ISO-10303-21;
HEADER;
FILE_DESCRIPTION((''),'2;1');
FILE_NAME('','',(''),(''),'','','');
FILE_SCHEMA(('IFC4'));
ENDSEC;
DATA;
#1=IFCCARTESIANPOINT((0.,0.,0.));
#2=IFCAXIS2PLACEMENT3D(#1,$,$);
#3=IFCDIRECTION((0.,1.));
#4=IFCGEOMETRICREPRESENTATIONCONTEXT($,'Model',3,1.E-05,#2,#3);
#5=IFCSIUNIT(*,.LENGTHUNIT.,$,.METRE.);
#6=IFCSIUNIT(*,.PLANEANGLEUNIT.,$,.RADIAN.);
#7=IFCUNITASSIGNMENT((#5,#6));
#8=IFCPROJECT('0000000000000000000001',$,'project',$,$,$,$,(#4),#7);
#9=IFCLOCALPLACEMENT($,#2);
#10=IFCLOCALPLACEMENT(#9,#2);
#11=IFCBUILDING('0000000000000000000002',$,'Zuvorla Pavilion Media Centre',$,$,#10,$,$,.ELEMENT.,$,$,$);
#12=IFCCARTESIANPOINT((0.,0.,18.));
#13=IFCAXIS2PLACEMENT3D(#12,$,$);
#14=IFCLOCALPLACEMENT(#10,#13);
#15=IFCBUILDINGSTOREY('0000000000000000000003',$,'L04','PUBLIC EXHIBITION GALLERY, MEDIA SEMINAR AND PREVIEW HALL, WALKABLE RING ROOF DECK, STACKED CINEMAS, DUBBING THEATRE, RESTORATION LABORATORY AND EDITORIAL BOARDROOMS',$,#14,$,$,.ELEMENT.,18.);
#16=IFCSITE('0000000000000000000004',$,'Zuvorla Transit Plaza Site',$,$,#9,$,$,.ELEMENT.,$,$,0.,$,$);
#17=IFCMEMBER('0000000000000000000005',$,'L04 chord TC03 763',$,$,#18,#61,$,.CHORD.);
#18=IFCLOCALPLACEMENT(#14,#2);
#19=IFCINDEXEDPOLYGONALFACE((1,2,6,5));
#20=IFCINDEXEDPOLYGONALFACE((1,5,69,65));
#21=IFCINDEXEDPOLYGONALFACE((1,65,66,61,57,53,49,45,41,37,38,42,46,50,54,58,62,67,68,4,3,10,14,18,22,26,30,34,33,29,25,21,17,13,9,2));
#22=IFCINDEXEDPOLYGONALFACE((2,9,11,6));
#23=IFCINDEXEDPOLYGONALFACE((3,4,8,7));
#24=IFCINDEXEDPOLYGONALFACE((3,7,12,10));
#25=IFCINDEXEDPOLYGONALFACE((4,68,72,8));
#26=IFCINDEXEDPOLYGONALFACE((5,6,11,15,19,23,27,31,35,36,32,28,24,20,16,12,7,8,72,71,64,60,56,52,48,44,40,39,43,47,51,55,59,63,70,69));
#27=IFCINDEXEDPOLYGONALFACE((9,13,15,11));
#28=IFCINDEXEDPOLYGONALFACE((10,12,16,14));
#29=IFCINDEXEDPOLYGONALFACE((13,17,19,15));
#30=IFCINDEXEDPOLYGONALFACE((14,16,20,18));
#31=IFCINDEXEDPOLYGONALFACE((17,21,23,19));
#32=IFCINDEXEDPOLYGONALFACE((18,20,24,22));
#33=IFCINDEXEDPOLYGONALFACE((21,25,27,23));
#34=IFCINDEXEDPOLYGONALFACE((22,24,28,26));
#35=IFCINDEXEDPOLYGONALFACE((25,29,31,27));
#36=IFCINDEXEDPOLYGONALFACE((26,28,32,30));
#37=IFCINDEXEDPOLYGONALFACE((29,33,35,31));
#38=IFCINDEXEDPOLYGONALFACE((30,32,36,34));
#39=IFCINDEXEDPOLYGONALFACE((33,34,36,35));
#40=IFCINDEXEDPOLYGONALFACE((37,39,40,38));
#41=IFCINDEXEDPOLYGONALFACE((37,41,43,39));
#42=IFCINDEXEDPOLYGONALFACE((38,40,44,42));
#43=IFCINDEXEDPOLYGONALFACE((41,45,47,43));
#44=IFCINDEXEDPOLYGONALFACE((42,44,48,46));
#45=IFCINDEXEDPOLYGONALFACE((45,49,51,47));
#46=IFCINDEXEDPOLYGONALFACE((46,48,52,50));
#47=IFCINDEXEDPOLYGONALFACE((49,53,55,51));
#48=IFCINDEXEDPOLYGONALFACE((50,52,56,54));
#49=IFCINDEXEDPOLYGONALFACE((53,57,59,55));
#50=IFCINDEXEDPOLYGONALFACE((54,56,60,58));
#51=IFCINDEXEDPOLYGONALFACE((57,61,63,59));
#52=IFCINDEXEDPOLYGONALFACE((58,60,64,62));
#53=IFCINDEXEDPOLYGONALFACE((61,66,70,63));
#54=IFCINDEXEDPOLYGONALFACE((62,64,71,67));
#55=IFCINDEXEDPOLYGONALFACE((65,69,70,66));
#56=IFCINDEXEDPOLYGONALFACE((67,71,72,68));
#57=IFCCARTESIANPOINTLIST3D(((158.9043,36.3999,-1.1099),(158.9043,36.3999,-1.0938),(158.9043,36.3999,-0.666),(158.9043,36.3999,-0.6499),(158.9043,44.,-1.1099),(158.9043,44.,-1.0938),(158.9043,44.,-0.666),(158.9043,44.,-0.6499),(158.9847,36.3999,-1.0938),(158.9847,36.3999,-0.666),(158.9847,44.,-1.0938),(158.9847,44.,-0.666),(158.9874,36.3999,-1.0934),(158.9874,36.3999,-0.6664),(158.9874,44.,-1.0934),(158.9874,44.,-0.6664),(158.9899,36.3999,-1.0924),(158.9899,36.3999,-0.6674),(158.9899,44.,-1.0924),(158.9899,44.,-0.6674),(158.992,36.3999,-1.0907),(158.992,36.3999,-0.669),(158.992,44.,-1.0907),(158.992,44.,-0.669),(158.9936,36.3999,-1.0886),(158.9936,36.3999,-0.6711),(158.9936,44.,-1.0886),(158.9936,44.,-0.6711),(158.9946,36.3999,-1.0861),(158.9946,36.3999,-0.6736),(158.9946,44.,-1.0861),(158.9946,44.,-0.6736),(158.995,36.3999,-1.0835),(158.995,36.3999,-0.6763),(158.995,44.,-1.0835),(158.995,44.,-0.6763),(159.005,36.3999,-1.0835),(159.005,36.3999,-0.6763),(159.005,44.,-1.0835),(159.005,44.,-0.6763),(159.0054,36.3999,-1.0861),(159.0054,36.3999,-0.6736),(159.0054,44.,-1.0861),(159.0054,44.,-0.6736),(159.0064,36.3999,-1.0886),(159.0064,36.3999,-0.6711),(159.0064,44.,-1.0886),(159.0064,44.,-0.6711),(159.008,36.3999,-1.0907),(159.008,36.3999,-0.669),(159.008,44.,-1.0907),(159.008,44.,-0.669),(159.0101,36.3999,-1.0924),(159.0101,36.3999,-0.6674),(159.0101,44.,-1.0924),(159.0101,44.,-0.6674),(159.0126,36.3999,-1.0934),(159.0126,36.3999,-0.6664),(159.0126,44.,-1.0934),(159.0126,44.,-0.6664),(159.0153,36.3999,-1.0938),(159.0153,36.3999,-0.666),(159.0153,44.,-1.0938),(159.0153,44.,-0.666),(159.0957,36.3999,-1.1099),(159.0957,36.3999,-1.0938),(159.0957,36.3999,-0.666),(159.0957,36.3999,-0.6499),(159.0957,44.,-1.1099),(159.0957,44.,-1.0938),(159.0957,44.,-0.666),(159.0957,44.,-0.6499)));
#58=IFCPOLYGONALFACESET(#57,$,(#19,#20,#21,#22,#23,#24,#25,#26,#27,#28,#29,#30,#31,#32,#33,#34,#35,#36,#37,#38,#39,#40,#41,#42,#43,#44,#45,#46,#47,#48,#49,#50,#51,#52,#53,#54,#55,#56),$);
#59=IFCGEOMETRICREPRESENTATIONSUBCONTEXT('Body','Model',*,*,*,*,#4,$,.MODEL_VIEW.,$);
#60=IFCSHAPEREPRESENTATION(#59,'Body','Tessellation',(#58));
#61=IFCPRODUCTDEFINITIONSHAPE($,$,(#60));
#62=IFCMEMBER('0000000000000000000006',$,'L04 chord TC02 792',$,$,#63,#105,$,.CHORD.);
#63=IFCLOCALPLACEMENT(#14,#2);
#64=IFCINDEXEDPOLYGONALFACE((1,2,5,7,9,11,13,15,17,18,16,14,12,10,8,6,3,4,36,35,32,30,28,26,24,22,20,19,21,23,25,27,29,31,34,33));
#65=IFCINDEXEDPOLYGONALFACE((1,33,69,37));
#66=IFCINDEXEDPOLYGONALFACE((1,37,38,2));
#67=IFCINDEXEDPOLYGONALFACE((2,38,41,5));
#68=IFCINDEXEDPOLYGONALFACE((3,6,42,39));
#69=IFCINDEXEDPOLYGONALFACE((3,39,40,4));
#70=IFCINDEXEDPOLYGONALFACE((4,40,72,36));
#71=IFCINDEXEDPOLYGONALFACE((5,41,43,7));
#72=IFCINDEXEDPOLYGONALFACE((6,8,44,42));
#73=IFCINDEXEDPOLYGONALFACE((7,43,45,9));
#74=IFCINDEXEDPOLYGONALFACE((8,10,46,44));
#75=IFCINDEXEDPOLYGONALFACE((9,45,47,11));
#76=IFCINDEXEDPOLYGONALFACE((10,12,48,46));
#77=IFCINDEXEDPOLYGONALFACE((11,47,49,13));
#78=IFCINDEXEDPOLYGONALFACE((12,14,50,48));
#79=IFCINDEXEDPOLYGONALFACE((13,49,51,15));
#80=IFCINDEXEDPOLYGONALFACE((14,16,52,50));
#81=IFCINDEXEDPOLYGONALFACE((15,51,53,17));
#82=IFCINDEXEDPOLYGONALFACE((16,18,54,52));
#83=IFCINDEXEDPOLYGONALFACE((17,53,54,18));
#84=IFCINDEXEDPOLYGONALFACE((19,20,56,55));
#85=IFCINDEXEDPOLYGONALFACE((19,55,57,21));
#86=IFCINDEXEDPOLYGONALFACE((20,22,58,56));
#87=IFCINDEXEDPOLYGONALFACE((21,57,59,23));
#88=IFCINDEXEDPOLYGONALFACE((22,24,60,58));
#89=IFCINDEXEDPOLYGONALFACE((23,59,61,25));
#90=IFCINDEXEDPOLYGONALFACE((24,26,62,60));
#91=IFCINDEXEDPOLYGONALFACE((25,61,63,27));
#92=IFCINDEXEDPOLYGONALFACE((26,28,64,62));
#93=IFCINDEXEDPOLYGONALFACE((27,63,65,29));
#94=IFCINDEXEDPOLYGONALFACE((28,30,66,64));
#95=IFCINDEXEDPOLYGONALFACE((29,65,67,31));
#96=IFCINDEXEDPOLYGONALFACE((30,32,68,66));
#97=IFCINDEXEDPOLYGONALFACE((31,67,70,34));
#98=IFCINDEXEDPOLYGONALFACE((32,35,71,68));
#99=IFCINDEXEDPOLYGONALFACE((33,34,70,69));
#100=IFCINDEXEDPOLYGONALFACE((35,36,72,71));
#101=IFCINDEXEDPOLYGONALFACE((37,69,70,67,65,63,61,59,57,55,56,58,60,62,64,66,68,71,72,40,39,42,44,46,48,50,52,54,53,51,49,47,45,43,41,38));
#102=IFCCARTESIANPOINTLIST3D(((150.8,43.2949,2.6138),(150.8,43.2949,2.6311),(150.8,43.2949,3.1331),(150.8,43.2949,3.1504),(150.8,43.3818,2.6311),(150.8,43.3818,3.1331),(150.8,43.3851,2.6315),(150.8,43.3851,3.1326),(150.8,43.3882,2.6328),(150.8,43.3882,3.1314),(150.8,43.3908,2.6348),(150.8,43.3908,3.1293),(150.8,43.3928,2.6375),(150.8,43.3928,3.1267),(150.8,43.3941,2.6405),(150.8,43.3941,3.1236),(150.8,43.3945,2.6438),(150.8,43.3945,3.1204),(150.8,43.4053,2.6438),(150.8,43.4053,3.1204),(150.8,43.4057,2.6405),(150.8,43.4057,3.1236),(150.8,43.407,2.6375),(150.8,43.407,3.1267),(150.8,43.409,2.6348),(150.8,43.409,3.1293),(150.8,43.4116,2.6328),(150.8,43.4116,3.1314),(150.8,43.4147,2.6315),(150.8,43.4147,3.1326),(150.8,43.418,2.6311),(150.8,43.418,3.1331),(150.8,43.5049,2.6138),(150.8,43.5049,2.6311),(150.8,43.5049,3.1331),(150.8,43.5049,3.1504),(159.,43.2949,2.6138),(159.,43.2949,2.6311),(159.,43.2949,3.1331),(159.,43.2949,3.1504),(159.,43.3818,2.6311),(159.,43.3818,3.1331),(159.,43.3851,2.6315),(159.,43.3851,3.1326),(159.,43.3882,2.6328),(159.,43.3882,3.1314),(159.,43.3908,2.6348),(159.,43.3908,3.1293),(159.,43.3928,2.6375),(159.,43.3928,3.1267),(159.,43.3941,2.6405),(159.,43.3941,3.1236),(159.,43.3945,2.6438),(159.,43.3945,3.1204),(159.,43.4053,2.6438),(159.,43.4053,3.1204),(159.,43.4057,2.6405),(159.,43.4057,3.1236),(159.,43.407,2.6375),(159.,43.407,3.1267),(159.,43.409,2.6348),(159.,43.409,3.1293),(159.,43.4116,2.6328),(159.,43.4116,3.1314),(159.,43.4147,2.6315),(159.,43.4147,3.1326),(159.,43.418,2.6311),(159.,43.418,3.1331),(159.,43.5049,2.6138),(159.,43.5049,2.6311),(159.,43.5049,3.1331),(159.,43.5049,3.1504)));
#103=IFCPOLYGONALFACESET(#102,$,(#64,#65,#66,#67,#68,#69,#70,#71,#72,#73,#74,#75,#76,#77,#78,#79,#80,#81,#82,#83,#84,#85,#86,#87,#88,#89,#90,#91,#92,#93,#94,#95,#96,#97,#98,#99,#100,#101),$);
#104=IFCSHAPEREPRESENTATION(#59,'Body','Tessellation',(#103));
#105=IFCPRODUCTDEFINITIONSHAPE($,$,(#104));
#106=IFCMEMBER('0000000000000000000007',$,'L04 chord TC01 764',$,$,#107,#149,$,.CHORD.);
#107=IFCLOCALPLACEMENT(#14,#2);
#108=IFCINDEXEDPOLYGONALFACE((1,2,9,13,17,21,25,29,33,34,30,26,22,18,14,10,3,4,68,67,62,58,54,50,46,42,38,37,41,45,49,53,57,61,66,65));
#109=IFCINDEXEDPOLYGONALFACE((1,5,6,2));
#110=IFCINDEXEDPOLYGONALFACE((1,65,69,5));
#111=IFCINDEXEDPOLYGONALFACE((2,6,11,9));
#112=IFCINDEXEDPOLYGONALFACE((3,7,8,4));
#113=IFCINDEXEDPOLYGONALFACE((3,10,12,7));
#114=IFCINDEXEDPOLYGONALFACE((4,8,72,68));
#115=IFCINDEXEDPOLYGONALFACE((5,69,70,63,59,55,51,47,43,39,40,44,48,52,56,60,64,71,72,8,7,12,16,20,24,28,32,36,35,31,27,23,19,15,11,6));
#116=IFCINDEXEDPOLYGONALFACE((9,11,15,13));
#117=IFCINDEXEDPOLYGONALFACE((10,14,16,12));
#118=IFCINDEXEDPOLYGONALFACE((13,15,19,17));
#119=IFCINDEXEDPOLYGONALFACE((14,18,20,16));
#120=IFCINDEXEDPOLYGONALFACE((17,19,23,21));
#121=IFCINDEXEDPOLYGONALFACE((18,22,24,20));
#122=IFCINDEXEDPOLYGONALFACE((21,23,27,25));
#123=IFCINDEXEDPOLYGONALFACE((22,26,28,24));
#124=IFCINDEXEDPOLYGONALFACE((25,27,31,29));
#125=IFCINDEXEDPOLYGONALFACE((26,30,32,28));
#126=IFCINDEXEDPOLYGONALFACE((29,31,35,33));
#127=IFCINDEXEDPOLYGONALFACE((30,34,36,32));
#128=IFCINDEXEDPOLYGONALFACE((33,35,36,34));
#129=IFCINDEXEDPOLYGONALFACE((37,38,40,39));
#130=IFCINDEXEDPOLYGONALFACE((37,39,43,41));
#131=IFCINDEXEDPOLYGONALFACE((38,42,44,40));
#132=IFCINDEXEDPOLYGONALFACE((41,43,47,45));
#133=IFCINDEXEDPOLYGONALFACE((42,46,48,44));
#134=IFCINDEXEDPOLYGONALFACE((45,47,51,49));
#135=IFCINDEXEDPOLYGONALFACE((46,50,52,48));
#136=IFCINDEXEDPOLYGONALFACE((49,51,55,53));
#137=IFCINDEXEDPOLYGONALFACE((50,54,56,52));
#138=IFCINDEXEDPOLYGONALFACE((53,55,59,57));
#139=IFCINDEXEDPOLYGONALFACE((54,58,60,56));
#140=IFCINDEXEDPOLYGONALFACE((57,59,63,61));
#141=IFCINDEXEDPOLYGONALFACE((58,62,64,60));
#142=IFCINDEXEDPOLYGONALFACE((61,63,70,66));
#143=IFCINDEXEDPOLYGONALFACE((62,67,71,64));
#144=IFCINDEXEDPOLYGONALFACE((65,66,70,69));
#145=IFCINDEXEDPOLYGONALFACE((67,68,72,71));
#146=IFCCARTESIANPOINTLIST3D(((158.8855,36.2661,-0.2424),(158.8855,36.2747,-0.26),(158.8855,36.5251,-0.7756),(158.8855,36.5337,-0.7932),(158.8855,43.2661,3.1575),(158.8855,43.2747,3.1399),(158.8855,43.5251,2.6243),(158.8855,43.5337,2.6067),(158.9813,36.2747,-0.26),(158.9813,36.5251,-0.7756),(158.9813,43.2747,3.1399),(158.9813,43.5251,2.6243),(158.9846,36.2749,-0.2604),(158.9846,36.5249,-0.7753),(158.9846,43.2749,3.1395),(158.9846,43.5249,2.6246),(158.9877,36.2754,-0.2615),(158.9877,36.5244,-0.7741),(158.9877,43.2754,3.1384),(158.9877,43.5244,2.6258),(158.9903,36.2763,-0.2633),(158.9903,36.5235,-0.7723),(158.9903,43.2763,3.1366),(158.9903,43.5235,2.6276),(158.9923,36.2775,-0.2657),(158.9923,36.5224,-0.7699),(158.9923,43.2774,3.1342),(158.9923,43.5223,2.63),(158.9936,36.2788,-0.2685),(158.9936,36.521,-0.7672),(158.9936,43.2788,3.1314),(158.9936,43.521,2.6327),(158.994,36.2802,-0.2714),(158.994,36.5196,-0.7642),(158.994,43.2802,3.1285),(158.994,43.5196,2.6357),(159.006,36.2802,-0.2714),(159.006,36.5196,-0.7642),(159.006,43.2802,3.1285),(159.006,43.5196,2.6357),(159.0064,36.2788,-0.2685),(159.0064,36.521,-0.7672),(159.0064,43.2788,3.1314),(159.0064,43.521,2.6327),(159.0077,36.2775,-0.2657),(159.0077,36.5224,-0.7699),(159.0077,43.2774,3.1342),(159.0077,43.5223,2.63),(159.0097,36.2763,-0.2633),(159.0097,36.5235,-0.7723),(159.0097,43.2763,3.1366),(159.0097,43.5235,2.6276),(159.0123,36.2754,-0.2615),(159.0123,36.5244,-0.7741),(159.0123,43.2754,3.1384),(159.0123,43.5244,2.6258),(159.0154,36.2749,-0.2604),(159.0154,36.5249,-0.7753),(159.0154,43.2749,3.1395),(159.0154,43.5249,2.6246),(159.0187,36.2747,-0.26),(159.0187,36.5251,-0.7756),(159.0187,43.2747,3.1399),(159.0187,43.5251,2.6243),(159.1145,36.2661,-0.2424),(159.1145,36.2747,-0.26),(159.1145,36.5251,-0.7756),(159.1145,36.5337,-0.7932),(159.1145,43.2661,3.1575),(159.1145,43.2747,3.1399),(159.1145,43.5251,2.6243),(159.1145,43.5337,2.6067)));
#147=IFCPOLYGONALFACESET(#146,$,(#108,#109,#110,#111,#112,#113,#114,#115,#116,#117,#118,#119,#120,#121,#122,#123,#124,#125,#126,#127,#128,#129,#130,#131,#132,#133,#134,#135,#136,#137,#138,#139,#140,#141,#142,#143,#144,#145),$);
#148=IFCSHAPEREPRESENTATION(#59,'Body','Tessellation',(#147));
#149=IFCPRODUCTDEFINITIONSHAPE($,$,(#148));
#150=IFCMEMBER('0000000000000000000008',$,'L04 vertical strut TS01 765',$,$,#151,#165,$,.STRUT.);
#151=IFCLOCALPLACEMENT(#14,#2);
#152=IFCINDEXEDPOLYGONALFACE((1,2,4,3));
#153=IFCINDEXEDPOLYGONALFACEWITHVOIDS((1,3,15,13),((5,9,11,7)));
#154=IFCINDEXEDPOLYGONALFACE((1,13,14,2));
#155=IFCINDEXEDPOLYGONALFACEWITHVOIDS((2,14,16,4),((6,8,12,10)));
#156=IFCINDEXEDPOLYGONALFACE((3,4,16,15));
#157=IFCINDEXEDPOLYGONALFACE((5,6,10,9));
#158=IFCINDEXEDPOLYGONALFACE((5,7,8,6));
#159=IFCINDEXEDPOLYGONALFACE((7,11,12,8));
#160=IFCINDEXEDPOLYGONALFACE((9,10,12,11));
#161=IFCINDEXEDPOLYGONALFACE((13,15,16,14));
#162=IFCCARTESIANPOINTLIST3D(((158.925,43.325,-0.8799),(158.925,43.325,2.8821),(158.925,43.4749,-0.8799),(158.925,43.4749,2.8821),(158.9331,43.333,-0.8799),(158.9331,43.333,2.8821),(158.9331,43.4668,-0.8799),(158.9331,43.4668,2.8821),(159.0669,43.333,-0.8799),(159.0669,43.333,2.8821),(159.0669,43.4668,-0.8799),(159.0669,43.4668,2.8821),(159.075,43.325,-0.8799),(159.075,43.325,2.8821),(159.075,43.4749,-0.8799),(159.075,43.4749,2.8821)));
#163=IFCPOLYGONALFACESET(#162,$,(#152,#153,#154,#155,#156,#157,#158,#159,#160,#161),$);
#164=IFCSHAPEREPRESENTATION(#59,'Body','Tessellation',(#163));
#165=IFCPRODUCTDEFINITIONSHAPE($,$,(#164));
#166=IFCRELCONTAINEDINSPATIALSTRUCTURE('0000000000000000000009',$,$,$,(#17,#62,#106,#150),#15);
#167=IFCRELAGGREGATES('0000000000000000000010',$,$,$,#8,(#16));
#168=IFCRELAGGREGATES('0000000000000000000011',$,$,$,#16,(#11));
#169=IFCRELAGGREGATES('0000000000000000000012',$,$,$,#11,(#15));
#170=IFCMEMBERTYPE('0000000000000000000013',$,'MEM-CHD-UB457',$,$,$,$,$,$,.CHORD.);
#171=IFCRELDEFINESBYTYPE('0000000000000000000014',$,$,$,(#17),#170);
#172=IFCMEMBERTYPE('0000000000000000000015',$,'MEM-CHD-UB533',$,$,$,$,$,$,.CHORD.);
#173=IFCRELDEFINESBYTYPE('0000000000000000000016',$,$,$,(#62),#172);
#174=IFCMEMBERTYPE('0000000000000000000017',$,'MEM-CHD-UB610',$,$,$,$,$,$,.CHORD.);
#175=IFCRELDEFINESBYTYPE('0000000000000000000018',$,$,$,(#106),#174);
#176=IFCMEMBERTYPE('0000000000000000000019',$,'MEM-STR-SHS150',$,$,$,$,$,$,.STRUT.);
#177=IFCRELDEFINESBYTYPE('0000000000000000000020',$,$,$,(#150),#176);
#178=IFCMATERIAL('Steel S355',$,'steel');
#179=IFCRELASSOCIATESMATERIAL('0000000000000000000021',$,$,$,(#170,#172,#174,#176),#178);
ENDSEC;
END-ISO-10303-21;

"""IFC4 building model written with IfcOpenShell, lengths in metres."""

from ifc_helpers import new_model, si_unit, direction, frame, origin, origin_2d, place, context, subcontext, project, spatial, hollow_rectangle, i_section, extrude, material, material_profile, profile_set, type_object, element, save


model = new_model("IFC4")

# Units and contexts
model_context = context("Model", 3, precision=1e-05, world=origin(), true_north=direction((0.0, 1.0)))
body_context = subcontext(model_context, "Body", "Model", "MODEL_VIEW")
ifc_project = project(units=[si_unit("LENGTHUNIT", "METRE"), si_unit("PLANEANGLEUNIT", "RADIAN")], contexts=[model_context])

# Site, building, storey
site_placement = place(None, origin())
site = spatial("IfcSite", under=ifc_project, at=site_placement, Name="Zuvorla Transit Plaza Site", CompositionType="ELEMENT", RefElevation=0.0)
building_placement = place(site_placement, origin())
building = spatial("IfcBuilding", under=site, at=building_placement, Name="Zuvorla Pavilion Media Centre", CompositionType="ELEMENT")
storey_placement = place(building_placement, frame((0.0, 0.0, 18.0)))
storey = spatial("IfcBuildingStorey", under=building, at=storey_placement, Name="L04", Description="PUBLIC EXHIBITION GALLERY, MEDIA SEMINAR AND PREVIEW HALL, WALKABLE RING ROOF DECK, STACKED CINEMAS, DUBBING THEATRE, RESTORATION LABORATORY AND EDITORIAL BOARDROOMS", CompositionType="ELEMENT", Elevation=18.0)

# Members
ifc_material_1 = material(Name="Steel S355", Category="steel")
ifc_material_profile_1 = material_profile(ifc_material_1, i_section(OverallWidth=0.1914, OverallDepth=0.46, WebThickness=0.01, FlangeThickness=0.0161, FilletRadius=0.0103, at=origin_2d()), Name="UB 457x191x82")
ifc_profile_set_1 = profile_set([ifc_material_profile_1], Name="Steel S355")
member_type_1 = type_object("IfcMemberType", Name="MEM-CHD-UB457", PredefinedType="CHORD", material=ifc_profile_set_1)
member_1_placement = place(storey_placement, frame((159.0, 36.3999, -0.8799), z_axis=(0.0, 1.0, 0.0), x_axis=(-1.0, 0.0, 0.0)))
element("IfcMember", 1, at=member_1_placement, inside=storey, type_object=member_type_1, Name="L04 chord TC03 763", PredefinedType="CHORD", context=body_context, shape_type="SweptSolid", body=[
    extrude(i_section(OverallWidth=0.1914, OverallDepth=0.46, WebThickness=0.01, FlangeThickness=0.0161, FilletRadius=0.0103, at=origin_2d()), origin(), (0.0, 0.0, 1.0), 7.6001),
])
ifc_material_profile_2 = material_profile(ifc_material_1, i_section(OverallWidth=0.21, OverallDepth=0.5366, WebThickness=0.0107, FlangeThickness=0.0173, FilletRadius=0.0127, at=origin_2d()), Name="UB 533x210x101")
ifc_profile_set_2 = profile_set([ifc_material_profile_2], Name="Steel S355")
member_type_2 = type_object("IfcMemberType", Name="MEM-CHD-UB533", PredefinedType="CHORD", material=ifc_profile_set_2)
member_2_placement = place(storey_placement, frame((150.8, 43.3999, 2.8821), z_axis=(1.0, 0.0, 0.0), x_axis=(0.0, 1.0, 0.0)))
element("IfcMember", 2, at=member_2_placement, inside=storey, type_object=member_type_2, Name="L04 chord TC02 792", PredefinedType="CHORD", context=body_context, shape_type="SweptSolid", body=[
    extrude(i_section(OverallWidth=0.21, OverallDepth=0.5366, WebThickness=0.0107, FlangeThickness=0.0173, FilletRadius=0.0127, at=origin_2d()), origin(), (0.0, 0.0, 1.0), 8.2),
])
ifc_material_profile_3 = material_profile(ifc_material_1, i_section(OverallWidth=0.229, OverallDepth=0.6123, WebThickness=0.012, FlangeThickness=0.0195, FilletRadius=0.0127, at=origin_2d()), Name="UB 610x229x125")
ifc_profile_set_3 = profile_set([ifc_material_profile_3], Name="Steel S355")
member_type_3 = type_object("IfcMemberType", Name="MEM-CHD-UB610", PredefinedType="CHORD", material=ifc_profile_set_3)
member_3_placement = place(storey_placement, frame((159.0, 36.3999, -0.5178), z_axis=(0.0, 0.899513, 0.436894), x_axis=(-1.0, 0.0, 0.0)))
element("IfcMember", 3, at=member_3_placement, inside=storey, type_object=member_type_3, Name="L04 chord TC01 764", PredefinedType="CHORD", context=body_context, shape_type="SweptSolid", body=[
    extrude(i_section(OverallWidth=0.229, OverallDepth=0.6123, WebThickness=0.012, FlangeThickness=0.0195, FilletRadius=0.0127, at=origin_2d()), origin(), (0.0, 0.0, 1.0), 7.782),
])
ifc_material_profile_4 = material_profile(ifc_material_1, hollow_rectangle(XDim=0.1499, YDim=0.1499, WallThickness=0.0081, at=origin_2d()), Name="SHS 150x150x8")
ifc_profile_set_4 = profile_set([ifc_material_profile_4], Name="Steel S355")
member_type_4 = type_object("IfcMemberType", Name="MEM-STR-SHS150", PredefinedType="STRUT", material=ifc_profile_set_4)
member_4_placement = place(storey_placement, frame((159.0, 43.3999, -0.8799), z_axis=(0.0, 0.0, 1.0), x_axis=(1.0, 0.0, 0.0)))
element("IfcMember", 4, at=member_4_placement, inside=storey, type_object=member_type_4, Name="L04 vertical strut TS01 765", PredefinedType="STRUT", context=body_context, shape_type="SweptSolid", body=[
    extrude(hollow_rectangle(XDim=0.1499, YDim=0.1499, WallThickness=0.0081, at=origin_2d()), origin(), (0.0, 0.0, 1.0), 3.762),
])

save(model, "model.ifc")
